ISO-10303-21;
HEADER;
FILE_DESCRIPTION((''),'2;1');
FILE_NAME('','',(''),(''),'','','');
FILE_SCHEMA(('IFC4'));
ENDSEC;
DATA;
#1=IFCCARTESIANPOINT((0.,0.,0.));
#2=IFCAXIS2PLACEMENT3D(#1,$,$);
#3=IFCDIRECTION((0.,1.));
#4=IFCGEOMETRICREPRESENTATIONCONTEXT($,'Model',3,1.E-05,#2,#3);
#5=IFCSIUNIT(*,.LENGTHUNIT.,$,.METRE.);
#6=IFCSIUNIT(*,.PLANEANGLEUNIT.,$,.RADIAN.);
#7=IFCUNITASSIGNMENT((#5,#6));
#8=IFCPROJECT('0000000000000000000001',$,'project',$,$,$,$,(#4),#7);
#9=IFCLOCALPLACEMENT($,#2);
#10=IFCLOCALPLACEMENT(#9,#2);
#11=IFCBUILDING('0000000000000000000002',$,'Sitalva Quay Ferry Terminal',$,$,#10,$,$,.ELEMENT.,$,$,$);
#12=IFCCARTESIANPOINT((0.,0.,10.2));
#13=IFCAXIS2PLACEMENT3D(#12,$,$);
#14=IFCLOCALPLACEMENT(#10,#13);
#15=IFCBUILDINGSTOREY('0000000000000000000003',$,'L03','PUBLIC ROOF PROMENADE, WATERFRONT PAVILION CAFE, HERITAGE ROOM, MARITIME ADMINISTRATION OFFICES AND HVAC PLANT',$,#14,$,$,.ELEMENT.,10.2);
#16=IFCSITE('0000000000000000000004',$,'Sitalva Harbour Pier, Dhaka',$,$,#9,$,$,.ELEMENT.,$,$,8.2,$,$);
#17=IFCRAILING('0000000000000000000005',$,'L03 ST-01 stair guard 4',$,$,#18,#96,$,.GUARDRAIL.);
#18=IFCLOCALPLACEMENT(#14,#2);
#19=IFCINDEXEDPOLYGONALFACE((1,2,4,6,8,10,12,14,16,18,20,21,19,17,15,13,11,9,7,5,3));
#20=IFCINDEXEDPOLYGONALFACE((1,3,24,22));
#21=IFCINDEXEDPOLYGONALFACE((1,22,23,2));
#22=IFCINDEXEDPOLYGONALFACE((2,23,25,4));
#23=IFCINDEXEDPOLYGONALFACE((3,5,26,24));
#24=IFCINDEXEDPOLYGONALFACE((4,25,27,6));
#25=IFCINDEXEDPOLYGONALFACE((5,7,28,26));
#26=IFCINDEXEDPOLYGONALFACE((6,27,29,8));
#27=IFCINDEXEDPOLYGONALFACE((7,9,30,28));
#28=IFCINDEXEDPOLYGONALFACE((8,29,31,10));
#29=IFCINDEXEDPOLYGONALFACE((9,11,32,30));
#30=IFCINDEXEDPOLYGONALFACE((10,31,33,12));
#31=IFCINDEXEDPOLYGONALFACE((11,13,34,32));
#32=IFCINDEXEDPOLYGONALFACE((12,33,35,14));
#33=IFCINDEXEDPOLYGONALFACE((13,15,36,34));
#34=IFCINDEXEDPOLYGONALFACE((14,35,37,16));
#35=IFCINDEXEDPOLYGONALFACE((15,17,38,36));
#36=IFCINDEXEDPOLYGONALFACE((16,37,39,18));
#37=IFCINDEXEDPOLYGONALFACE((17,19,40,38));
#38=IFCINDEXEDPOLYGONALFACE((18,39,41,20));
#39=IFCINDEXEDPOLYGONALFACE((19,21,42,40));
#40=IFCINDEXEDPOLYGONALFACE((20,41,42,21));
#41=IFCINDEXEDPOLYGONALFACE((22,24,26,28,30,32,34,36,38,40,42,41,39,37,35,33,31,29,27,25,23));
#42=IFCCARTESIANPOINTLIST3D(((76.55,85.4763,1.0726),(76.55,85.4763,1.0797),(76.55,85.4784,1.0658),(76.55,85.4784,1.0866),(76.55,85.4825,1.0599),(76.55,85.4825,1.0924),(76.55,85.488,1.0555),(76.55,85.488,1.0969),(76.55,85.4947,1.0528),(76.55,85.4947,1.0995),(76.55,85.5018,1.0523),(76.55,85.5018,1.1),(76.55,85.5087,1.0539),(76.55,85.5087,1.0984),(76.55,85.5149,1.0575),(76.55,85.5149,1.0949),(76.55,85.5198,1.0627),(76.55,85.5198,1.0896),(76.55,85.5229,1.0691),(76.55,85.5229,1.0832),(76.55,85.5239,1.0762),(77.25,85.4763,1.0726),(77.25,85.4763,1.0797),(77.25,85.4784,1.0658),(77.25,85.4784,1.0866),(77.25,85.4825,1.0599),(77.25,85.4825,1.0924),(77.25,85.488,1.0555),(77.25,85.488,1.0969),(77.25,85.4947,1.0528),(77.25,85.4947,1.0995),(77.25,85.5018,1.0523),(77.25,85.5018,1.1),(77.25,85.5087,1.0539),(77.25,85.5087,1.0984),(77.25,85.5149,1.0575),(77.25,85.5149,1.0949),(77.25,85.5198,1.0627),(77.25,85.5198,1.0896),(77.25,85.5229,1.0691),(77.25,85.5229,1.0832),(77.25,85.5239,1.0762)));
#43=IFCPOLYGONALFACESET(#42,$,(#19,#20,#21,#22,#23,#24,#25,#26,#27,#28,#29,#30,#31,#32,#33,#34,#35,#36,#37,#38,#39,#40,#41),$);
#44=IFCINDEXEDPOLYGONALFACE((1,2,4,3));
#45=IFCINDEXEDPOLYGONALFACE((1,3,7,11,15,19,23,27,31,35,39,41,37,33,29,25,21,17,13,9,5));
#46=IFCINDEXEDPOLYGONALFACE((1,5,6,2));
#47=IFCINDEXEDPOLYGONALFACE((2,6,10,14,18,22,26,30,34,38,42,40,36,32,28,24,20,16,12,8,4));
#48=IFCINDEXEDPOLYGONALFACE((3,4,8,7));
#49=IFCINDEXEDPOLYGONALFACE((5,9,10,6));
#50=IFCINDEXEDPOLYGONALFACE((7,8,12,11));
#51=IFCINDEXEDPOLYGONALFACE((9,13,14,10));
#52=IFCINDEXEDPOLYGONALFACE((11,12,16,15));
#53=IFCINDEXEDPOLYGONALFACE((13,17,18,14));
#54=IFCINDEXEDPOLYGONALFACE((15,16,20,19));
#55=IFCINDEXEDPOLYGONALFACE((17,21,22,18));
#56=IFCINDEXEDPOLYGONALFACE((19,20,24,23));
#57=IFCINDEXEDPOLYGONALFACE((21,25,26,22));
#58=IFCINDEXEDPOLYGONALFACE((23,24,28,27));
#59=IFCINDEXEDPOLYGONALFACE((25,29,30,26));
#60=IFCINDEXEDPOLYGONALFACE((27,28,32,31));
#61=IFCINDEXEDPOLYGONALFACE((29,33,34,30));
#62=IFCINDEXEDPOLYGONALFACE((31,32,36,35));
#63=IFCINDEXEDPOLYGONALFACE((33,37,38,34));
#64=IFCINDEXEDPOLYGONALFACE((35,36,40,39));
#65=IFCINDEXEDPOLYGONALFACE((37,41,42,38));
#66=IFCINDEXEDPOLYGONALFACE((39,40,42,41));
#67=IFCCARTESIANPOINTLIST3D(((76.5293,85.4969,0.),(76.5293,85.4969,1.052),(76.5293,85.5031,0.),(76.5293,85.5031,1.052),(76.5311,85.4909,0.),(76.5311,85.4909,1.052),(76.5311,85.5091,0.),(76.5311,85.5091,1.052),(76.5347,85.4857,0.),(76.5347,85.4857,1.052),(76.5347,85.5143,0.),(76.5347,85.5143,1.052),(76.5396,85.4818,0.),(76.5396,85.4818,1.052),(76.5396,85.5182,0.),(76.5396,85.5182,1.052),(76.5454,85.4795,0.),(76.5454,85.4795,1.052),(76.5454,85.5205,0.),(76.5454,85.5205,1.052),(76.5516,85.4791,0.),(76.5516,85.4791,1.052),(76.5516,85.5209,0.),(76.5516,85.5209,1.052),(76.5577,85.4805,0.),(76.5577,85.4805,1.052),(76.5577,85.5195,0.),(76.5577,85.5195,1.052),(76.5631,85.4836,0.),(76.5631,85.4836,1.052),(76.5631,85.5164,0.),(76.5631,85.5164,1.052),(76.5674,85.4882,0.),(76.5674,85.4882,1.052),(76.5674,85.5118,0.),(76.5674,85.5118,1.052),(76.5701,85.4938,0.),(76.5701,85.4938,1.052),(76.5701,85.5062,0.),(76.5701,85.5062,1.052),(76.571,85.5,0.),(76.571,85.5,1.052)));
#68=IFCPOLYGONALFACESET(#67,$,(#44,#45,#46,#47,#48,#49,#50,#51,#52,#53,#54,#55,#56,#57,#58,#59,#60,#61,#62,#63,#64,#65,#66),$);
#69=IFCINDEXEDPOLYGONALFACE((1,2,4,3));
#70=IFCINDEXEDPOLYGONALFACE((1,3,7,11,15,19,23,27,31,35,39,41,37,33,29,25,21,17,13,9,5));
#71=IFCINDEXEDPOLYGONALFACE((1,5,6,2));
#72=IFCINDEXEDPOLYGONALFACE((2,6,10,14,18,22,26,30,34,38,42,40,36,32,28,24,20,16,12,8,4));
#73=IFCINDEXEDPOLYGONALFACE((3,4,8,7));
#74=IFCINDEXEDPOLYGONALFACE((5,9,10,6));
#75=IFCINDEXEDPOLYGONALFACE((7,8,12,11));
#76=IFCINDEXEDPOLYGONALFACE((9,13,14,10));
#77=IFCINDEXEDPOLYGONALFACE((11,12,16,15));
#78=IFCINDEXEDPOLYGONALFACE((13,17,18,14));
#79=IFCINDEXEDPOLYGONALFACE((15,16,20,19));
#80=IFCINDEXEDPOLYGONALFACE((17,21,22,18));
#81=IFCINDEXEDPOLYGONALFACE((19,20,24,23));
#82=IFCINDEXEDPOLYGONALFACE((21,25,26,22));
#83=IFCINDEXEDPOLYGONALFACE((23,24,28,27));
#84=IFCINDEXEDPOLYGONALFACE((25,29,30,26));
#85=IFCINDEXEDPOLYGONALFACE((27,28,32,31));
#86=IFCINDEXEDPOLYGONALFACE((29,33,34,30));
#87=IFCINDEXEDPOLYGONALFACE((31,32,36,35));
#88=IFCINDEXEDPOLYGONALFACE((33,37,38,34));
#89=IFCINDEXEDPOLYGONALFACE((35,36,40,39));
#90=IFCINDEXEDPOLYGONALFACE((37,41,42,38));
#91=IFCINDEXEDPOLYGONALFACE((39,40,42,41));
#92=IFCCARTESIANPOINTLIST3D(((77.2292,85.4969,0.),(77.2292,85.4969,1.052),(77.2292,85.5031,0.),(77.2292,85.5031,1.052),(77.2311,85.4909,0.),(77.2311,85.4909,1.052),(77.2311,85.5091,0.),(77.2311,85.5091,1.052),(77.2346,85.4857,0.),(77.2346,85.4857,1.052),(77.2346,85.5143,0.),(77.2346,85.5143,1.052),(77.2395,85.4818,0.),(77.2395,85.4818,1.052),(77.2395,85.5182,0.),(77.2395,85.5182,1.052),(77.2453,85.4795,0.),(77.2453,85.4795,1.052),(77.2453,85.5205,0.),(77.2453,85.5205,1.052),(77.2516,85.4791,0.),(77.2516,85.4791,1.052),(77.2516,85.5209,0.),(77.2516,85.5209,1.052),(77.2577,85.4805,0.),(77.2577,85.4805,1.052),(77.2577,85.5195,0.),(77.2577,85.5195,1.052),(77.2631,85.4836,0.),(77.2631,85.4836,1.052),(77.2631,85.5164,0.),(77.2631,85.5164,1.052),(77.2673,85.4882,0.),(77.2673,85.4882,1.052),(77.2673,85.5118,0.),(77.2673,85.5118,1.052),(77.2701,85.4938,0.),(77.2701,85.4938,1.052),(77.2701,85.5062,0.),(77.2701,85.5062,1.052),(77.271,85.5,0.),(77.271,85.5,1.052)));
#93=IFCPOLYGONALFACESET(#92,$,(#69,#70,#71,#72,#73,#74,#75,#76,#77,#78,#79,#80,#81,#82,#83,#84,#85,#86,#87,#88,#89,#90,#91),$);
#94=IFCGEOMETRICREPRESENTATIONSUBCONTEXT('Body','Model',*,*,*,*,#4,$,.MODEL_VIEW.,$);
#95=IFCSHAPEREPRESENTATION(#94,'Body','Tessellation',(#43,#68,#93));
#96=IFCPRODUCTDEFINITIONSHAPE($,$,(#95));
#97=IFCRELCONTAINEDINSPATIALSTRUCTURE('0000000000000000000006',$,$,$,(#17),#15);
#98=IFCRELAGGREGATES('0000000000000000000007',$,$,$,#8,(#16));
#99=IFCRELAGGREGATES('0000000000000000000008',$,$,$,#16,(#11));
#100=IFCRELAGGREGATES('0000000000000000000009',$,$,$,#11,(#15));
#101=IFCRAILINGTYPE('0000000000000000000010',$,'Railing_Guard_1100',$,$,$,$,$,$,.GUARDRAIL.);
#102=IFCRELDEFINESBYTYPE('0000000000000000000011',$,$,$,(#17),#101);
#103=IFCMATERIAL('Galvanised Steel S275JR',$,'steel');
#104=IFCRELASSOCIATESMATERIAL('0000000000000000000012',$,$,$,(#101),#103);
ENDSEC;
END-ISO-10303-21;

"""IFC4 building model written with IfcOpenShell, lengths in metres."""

from ifc_helpers import new_model, si_unit, direction, frame, origin, origin_2d, place, context, subcontext, project, spatial, circle, extrude, material, type_object, element, save


model = new_model("IFC4")

# Units and contexts
model_context = context("Model", 3, precision=1e-05, world=origin(), true_north=direction((0.0, 1.0)))
body_context = subcontext(model_context, "Body", "Model", "MODEL_VIEW")
ifc_project = project(units=[si_unit("LENGTHUNIT", "METRE"), si_unit("PLANEANGLEUNIT", "RADIAN")], contexts=[model_context])

# Site, building, storey
site_placement = place(None, origin())
site = spatial("IfcSite", under=ifc_project, at=site_placement, Name="Sitalva Harbour Pier, Dhaka", CompositionType="ELEMENT", RefElevation=8.2)
building_placement = place(site_placement, origin())
building = spatial("IfcBuilding", under=site, at=building_placement, Name="Sitalva Quay Ferry Terminal", CompositionType="ELEMENT")
storey_placement = place(building_placement, frame((0.0, 0.0, 10.2)))
storey = spatial("IfcBuildingStorey", under=building, at=storey_placement, Name="L03", Description="PUBLIC ROOF PROMENADE, WATERFRONT PAVILION CAFE, HERITAGE ROOM, MARITIME ADMINISTRATION OFFICES AND HVAC PLANT", CompositionType="ELEMENT", Elevation=10.2)

# Railing
ifc_material_1 = material(Name="Galvanised Steel S275JR", Category="steel")
railing_type = type_object("IfcRailingType", Name="Railing_Guard_1100", PredefinedType="GUARDRAIL", material=ifc_material_1)
railing_placement = place(storey_placement, frame((76.55, 85.5, 0.0)))
element("IfcRailing", 1, at=railing_placement, inside=storey, type_object=railing_type, Name="L03 ST-01 stair guard 4", PredefinedType="GUARDRAIL", context=body_context, shape_type="SweptSolid", body=[
    extrude(circle(Radius=0.0239, at=origin_2d()), frame((0.0, 0.0, 1.0762), z_axis=(1.0, 0.0, 0.0), x_axis=(0.0, 1.0, 0.0)), (0.0, 0.0, 1.0), 0.7),
    extrude(circle(Radius=0.021, at=origin_2d()), origin(), (0.0, 0.0, 1.0), 1.052),
    extrude(circle(Radius=0.021, at=origin_2d()), frame((0.7, 0.0, 0.0)), (0.0, 0.0, 1.0), 1.052),
])

save(model, "model.ifc")
